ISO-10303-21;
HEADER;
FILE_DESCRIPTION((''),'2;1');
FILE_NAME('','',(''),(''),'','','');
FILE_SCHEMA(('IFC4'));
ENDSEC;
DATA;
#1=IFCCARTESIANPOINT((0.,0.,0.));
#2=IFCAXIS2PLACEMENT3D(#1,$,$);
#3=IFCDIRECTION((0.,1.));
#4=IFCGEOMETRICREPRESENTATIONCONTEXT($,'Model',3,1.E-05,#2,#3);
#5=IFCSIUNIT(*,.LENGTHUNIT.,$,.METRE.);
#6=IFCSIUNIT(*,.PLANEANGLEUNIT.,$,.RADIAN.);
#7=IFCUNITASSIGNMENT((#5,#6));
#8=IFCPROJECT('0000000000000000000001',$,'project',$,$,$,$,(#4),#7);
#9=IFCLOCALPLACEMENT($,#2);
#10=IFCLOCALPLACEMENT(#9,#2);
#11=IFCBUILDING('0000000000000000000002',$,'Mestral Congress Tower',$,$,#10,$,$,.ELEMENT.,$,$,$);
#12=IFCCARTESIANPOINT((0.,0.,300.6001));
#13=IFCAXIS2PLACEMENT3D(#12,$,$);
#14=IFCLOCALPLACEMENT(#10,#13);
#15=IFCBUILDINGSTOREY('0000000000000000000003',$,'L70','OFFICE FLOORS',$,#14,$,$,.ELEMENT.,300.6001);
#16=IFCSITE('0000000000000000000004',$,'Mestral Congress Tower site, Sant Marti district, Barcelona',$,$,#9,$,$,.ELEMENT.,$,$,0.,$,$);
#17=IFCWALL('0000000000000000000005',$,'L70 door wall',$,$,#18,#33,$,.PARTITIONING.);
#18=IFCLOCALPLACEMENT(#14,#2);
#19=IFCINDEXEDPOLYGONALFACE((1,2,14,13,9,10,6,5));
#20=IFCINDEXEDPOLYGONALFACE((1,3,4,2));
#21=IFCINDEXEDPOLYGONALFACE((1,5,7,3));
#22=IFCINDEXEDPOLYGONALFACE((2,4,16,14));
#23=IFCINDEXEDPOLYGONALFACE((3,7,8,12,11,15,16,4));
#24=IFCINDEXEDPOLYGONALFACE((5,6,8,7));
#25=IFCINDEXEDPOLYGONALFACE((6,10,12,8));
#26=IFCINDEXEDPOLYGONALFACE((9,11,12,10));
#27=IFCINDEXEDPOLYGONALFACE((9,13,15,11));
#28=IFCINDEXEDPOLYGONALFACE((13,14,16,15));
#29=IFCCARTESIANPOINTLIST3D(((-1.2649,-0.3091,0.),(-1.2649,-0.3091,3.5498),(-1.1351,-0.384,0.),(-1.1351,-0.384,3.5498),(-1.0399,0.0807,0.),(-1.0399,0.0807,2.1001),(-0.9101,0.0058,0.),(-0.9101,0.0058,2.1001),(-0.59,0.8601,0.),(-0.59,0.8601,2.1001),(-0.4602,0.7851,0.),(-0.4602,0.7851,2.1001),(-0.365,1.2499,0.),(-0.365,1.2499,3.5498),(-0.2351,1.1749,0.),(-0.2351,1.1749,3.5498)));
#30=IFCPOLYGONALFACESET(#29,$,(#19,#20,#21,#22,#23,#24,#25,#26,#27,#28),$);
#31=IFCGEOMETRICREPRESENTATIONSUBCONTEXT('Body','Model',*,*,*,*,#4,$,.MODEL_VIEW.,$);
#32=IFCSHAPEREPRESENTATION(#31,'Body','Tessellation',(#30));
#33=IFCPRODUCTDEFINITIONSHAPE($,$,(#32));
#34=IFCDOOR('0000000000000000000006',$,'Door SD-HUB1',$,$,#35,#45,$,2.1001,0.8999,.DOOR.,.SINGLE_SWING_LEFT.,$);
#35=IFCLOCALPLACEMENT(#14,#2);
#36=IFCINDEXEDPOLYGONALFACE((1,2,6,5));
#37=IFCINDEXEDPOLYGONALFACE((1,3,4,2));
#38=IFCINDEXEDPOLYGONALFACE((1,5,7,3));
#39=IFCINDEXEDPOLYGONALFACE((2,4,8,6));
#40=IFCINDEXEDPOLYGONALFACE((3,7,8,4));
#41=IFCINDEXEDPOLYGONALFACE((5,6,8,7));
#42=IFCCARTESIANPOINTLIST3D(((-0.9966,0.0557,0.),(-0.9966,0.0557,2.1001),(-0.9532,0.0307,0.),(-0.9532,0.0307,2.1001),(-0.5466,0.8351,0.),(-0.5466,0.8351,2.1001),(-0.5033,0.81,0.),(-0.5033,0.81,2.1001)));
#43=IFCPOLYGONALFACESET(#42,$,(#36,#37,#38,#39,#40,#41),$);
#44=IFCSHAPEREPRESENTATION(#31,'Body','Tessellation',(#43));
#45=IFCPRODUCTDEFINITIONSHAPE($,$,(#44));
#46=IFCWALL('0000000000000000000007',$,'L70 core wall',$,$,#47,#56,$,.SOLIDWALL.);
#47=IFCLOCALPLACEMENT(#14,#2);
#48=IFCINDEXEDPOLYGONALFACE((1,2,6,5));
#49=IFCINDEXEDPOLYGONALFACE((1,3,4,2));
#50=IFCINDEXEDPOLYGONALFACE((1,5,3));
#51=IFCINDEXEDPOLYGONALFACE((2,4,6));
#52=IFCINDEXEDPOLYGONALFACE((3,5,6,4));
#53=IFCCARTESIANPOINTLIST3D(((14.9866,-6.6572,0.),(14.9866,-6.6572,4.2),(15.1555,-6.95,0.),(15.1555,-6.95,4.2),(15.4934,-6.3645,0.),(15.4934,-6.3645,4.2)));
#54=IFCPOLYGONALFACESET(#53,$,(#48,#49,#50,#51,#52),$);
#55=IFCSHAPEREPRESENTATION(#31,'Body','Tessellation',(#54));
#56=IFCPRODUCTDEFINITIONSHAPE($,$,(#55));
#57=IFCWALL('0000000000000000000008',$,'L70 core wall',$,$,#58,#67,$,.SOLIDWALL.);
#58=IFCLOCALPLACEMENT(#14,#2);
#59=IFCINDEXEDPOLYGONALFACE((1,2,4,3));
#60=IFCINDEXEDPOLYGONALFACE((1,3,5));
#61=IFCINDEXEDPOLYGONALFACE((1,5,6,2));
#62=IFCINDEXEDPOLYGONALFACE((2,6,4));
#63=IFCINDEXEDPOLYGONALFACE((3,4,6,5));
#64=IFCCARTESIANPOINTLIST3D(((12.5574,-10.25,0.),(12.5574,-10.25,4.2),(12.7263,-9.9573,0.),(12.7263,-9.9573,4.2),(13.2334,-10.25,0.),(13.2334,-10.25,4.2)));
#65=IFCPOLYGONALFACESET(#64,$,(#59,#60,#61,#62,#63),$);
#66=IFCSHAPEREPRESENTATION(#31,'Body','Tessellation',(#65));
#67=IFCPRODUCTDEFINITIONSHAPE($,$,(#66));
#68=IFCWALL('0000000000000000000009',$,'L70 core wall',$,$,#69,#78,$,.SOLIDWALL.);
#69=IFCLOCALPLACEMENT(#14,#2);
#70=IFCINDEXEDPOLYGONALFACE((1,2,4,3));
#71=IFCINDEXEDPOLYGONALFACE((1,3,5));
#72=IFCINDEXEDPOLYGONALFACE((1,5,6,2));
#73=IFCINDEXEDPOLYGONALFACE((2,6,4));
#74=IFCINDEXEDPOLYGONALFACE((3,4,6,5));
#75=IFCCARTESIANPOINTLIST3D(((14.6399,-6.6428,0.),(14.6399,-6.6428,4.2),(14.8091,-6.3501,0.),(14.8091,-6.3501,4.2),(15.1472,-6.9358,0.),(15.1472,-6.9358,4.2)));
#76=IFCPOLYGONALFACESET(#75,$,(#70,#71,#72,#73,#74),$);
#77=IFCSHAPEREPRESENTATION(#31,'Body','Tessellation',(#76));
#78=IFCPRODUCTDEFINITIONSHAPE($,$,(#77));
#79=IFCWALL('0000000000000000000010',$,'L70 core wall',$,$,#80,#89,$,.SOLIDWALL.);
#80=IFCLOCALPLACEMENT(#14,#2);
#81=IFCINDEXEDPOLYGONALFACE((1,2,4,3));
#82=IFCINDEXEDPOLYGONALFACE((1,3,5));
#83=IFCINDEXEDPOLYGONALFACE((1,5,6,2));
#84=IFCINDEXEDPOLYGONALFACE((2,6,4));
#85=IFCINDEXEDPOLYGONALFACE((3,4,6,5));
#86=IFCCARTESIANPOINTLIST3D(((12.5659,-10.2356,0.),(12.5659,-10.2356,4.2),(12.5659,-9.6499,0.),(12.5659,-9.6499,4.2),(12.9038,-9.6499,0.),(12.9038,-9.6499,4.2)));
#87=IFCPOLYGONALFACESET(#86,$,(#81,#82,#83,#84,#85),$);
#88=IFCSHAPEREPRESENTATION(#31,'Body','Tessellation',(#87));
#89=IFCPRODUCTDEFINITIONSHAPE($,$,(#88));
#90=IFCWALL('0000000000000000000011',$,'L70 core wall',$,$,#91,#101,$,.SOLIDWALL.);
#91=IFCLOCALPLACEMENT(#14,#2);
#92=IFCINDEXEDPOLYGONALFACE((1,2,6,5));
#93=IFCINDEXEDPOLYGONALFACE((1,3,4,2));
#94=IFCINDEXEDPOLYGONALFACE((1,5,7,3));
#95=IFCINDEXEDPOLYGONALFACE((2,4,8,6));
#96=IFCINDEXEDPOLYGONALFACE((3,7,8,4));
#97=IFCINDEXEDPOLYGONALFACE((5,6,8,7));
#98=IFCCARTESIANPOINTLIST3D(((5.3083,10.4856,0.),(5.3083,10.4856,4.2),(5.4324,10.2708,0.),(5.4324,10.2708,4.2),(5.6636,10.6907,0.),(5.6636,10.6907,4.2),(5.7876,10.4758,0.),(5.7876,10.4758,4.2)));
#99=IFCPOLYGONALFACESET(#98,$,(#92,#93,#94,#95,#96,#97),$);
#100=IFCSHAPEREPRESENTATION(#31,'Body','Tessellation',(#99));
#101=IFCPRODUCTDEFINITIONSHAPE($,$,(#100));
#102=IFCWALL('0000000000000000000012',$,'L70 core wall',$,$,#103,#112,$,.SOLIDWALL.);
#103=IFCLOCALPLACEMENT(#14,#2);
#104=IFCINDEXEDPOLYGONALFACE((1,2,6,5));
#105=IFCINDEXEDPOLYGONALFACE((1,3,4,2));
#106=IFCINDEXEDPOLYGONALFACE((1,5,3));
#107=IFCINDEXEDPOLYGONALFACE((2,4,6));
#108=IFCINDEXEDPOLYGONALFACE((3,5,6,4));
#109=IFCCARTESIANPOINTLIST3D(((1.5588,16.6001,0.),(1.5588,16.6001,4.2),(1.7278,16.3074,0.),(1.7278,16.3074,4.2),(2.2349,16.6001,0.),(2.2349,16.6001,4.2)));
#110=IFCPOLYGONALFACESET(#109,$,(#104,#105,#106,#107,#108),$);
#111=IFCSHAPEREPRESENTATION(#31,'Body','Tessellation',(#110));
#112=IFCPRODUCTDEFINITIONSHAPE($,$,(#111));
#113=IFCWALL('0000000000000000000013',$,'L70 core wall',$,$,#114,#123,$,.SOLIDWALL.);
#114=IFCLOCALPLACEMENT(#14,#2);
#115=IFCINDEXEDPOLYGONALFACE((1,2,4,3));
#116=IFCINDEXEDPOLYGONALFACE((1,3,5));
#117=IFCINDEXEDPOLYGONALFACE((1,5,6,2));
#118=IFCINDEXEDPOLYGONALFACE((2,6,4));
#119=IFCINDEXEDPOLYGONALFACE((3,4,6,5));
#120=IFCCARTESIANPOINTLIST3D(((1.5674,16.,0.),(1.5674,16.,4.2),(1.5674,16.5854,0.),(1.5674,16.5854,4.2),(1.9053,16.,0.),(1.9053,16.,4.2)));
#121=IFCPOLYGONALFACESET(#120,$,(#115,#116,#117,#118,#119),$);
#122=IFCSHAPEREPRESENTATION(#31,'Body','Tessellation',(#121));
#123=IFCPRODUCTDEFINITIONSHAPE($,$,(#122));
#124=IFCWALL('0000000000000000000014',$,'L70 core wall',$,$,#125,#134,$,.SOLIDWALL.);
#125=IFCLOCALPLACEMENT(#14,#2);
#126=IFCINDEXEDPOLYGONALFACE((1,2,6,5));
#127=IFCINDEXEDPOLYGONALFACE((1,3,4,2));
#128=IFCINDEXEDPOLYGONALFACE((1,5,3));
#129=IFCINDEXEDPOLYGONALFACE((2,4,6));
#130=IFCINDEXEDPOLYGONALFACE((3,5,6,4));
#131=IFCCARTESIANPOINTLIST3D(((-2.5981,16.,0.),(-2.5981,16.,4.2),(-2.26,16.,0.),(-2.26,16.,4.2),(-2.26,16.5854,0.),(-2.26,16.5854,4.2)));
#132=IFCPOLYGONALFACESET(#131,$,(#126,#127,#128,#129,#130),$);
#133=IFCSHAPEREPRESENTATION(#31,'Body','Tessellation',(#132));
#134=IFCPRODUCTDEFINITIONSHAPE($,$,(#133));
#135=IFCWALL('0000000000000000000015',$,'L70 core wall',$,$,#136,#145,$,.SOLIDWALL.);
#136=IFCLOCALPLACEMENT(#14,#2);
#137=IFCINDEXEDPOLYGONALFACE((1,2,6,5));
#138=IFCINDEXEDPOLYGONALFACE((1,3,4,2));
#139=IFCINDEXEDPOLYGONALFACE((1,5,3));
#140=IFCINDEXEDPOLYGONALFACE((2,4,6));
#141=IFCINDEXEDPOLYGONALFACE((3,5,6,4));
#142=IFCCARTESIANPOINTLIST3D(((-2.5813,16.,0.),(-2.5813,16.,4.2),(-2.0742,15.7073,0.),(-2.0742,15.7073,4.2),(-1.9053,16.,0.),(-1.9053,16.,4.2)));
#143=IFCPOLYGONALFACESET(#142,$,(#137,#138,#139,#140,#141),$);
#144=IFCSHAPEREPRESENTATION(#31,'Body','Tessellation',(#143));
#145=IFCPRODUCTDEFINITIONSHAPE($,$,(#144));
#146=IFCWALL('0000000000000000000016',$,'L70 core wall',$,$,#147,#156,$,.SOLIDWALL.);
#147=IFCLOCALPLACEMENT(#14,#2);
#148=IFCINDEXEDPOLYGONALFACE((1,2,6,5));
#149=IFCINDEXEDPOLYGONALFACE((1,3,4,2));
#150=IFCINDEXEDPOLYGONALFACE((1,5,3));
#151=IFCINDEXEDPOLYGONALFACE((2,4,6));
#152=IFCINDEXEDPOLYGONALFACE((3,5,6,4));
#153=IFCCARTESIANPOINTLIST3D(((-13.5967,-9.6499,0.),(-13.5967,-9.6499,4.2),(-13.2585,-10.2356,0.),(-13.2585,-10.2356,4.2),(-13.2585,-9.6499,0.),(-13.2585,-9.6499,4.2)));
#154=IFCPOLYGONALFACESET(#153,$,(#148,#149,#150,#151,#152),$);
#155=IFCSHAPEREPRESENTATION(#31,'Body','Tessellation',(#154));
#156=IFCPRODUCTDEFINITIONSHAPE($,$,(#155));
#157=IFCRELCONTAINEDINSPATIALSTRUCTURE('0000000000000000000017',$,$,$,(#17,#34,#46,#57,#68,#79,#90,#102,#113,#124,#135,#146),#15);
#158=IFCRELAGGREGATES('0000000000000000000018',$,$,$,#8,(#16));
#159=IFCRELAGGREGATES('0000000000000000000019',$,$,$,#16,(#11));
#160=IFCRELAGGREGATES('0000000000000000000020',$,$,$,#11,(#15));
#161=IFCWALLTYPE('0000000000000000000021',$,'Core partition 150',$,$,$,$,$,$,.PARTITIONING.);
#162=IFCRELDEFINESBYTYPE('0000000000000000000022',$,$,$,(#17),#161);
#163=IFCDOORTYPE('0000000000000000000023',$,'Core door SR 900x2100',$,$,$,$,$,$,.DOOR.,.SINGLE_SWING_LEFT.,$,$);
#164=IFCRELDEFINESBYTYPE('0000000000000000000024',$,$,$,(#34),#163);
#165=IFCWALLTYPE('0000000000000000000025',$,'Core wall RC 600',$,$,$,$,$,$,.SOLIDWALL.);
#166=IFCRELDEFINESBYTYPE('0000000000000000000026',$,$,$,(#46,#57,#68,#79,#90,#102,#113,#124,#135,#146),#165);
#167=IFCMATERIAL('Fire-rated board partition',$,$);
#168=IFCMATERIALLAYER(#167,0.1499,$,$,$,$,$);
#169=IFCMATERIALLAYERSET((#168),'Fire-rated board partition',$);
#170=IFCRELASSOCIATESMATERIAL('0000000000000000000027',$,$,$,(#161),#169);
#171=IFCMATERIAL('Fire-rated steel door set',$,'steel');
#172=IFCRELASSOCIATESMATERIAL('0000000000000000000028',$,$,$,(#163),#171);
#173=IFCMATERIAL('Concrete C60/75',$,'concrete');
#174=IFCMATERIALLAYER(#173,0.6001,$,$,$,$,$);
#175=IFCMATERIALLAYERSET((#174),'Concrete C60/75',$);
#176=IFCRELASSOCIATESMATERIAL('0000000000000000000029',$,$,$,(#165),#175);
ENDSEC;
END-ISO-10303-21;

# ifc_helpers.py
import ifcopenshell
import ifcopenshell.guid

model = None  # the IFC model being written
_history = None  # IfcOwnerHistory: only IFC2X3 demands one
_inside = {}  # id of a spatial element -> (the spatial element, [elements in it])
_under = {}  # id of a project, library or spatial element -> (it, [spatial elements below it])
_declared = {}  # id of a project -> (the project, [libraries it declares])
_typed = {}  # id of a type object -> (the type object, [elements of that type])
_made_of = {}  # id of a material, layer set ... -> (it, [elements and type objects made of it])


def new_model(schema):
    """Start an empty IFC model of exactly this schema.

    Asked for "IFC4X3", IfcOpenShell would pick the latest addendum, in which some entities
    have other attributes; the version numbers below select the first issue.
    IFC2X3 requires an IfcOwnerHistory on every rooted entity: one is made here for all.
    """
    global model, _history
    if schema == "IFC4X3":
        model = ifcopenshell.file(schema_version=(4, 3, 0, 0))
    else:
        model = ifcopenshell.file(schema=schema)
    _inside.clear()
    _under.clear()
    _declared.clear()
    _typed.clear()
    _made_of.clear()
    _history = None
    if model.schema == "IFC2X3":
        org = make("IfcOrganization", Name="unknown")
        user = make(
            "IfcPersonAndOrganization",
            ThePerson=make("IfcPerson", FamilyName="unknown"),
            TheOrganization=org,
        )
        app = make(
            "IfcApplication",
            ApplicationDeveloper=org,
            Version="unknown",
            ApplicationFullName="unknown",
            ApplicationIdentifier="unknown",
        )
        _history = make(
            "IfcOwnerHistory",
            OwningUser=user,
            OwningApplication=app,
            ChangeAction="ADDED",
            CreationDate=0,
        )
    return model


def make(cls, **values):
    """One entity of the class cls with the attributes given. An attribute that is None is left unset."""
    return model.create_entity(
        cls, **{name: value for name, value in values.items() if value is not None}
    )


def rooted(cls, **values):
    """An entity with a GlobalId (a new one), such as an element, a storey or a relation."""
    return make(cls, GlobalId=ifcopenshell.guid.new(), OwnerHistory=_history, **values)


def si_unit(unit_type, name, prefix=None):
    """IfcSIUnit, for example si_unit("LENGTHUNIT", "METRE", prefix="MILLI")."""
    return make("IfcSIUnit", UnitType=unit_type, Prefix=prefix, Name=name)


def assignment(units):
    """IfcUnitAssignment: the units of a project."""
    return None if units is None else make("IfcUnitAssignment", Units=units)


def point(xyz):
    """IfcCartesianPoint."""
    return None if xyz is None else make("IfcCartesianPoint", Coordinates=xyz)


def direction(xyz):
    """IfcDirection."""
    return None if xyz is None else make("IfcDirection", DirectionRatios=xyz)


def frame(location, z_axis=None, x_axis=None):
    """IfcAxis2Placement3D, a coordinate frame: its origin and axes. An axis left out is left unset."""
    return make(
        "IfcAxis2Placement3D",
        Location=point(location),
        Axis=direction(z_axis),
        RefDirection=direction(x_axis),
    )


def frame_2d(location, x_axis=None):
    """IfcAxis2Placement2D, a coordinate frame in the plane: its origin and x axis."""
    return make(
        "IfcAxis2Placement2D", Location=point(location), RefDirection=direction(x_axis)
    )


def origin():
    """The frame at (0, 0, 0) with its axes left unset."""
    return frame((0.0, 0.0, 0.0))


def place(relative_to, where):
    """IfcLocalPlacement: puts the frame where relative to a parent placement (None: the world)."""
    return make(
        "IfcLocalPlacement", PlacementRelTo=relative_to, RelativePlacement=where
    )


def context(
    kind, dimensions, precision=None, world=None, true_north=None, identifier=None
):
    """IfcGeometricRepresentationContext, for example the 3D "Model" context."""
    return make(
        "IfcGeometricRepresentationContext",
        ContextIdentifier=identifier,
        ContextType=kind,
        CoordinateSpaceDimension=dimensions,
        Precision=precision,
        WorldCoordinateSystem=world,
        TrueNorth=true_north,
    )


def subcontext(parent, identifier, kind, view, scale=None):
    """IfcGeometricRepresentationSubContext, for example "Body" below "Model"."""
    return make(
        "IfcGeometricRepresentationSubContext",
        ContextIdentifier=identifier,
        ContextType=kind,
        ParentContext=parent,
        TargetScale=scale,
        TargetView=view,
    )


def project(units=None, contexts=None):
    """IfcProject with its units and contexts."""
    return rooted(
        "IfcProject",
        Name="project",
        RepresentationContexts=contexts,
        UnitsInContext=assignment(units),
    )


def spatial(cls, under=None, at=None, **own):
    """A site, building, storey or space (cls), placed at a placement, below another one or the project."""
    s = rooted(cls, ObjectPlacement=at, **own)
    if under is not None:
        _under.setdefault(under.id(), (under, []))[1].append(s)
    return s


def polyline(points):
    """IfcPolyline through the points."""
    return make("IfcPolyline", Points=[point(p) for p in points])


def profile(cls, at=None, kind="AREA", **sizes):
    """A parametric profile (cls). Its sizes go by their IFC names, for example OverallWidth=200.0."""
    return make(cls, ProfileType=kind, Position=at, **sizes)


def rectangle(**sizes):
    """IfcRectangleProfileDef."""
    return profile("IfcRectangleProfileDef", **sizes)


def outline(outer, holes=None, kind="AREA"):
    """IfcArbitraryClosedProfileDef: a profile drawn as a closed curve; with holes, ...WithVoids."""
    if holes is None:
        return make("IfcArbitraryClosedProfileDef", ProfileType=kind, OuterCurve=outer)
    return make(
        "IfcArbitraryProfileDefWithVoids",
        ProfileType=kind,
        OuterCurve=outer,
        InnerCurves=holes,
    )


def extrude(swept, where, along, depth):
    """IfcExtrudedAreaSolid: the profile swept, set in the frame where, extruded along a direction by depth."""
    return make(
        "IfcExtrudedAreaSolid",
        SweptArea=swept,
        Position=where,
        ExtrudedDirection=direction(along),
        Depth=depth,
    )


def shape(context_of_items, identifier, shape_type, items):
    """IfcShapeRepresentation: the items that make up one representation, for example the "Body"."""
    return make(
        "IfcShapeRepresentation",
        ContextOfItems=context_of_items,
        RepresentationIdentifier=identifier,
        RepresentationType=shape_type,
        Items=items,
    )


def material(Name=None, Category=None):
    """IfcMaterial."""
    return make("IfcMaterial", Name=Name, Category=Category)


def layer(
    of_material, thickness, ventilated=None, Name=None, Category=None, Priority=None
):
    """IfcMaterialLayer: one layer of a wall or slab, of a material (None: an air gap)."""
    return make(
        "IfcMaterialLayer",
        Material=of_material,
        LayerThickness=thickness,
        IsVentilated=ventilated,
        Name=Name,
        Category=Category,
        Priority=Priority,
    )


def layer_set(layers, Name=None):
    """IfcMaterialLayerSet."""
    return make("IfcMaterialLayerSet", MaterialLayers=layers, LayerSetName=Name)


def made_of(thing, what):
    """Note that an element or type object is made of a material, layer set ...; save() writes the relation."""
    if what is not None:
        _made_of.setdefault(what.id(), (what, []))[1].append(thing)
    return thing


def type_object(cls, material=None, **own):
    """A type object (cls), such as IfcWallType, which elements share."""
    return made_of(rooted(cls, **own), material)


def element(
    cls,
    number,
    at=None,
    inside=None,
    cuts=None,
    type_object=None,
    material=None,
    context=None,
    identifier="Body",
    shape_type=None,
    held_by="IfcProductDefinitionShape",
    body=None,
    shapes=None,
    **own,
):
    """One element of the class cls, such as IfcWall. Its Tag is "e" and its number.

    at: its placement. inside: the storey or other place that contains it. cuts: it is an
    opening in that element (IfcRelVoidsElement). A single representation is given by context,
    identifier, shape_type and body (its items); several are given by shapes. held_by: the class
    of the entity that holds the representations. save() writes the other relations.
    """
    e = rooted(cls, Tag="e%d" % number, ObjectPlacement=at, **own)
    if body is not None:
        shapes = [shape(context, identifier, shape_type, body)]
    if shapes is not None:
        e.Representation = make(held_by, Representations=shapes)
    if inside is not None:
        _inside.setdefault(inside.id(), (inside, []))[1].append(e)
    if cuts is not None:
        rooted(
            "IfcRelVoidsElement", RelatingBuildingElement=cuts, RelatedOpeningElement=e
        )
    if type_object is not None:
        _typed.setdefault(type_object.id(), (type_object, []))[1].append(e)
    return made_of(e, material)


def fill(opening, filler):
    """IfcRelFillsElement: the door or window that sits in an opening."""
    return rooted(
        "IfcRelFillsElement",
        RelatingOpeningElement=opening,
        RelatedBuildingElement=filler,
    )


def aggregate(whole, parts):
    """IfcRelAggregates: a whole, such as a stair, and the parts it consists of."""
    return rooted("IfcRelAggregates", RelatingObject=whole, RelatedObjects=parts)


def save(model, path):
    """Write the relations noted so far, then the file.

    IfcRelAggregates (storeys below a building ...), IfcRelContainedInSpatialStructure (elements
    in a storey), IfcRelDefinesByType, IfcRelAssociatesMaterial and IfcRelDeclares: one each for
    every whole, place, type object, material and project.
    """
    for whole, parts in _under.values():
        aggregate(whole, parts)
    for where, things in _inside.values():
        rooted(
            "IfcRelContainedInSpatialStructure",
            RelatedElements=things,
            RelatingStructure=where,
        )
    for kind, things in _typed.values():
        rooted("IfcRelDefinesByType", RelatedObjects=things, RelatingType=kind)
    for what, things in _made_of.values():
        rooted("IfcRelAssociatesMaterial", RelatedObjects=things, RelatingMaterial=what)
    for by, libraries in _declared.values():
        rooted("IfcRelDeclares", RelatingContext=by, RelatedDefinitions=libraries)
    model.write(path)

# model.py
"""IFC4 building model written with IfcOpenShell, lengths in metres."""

from ifc_helpers import new_model, si_unit, direction, frame, frame_2d, origin, place, context, subcontext, project, spatial, polyline, rectangle, outline, extrude, material, layer, layer_set, type_object, element, fill, save


model = new_model("IFC4")

# Units and contexts
model_context = context("Model", 3, precision=1e-05, world=origin(), true_north=direction((0.0, 1.0)))
body_context = subcontext(model_context, "Body", "Model", "MODEL_VIEW")
ifc_project = project(units=[si_unit("LENGTHUNIT", "METRE"), si_unit("PLANEANGLEUNIT", "RADIAN")], contexts=[model_context])

# Site, building, storey
site_placement = place(None, origin())
site = spatial("IfcSite", under=ifc_project, at=site_placement, Name="Mestral Congress Tower site, Sant Marti district, Barcelona", CompositionType="ELEMENT", RefElevation=0.0)
building_placement = place(site_placement, origin())
building = spatial("IfcBuilding", under=site, at=building_placement, Name="Mestral Congress Tower", CompositionType="ELEMENT")
storey_placement = place(building_placement, frame((0.0, 0.0, 300.6001)))
storey = spatial("IfcBuildingStorey", under=building, at=storey_placement, Name="L70", Description="OFFICE FLOORS", CompositionType="ELEMENT", Elevation=300.6001)

# Shared definitions
ifc_material_1 = material(Name="Concrete C60/75", Category="concrete")

# Shared definitions
placement_1 = place(storey_placement, origin())

# Shared definitions
ifc_material_2 = material(Name="Fire-rated board partition")
ifc_layer_1 = layer(ifc_material_2, 0.1499)
ifc_layer_set_1 = layer_set([ifc_layer_1], Name="Fire-rated board partition")
wall_type_1 = type_object("IfcWallType", Name="Core partition 150", PredefinedType="PARTITIONING", material=ifc_layer_set_1)

# Wall, opening, door
wall_1_placement = place(storey_placement, frame((-1.2, -0.3464, 0.0), z_axis=(0.0, 0.0, 1.0), x_axis=(0.499961, 0.866048, 0.0)))
wall_1 = element("IfcWall", 1, at=wall_1_placement, inside=storey, type_object=wall_type_1, Name="L70 door wall", PredefinedType="PARTITIONING", context=body_context, shape_type="SweptSolid", body=[
    extrude(rectangle(XDim=1.8, YDim=0.1499, at=frame_2d((0.8999, 0.0))), origin(), (0.0, 0.0, 1.0), 3.5498),
])
opening_1_placement = place(wall_1_placement, frame((0.45, 0.0, 0.0)))
opening_1 = element("IfcOpeningElement", 2, at=opening_1_placement, cuts=wall_1, PredefinedType="OPENING", context=body_context, shape_type="SweptSolid", body=[
    extrude(rectangle(XDim=0.8999, YDim=2.1001, at=frame_2d((0.45, 1.05))), frame((0.0, 0.085, 0.0), z_axis=(0.0, -1.0, 0.0), x_axis=(1.0, 0.0, 0.0)), (0.0, 0.0, 1.0), 0.1699),
])
ifc_material_3 = material(Name="Fire-rated steel door set", Category="steel")
door_type_1 = type_object("IfcDoorType", Name="Core door SR 900x2100", OperationType="SINGLE_SWING_LEFT", PredefinedType="DOOR", material=ifc_material_3)
door_1_placement = place(opening_1_placement, origin())
door_1 = element("IfcDoor", 3, at=door_1_placement, inside=storey, type_object=door_type_1, Name="Door SD-HUB1", OperationType="SINGLE_SWING_LEFT", OverallHeight=2.1001, OverallWidth=0.8999, PredefinedType="DOOR", context=body_context, shape_type="SweptSolid", body=[
    extrude(rectangle(XDim=0.8999, YDim=2.1001, at=frame_2d((0.45, 1.05))), frame((0.0, 0.0249, 0.0), z_axis=(0.0, -1.0, 0.0), x_axis=(1.0, 0.0, 0.0)), (0.0, 0.0, 1.0), 0.05),
])
fill(opening_1, door_1)

# Walls
ifc_layer_2 = layer(ifc_material_1, 0.6001)
ifc_layer_set_2 = layer_set([ifc_layer_2], Name="Concrete C60/75")
wall_type_2 = type_object("IfcWallType", Name="Core wall RC 600", PredefinedType="SOLIDWALL", material=ifc_layer_set_2)
element("IfcWall", 4, at=placement_1, inside=storey, type_object=wall_type_2, Name="L70 core wall", PredefinedType="SOLIDWALL", context=body_context, shape_type="SweptSolid", body=[
    extrude(outline(polyline([(15.1555, -6.95), (14.9866, -6.6572), (15.4934, -6.3645), (15.1555, -6.95)])), origin(), (0.0, 0.0, 1.0), 4.2),
])
element("IfcWall", 5, at=placement_1, inside=storey, type_object=wall_type_2, Name="L70 core wall", PredefinedType="SOLIDWALL", context=body_context, shape_type="SweptSolid", body=[
    extrude(outline(polyline([(12.7263, -9.9573), (13.2334, -10.25), (12.5574, -10.25), (12.7263, -9.9573)])), origin(), (0.0, 0.0, 1.0), 4.2),
])
element("IfcWall", 6, at=placement_1, inside=storey, type_object=wall_type_2, Name="L70 core wall", PredefinedType="SOLIDWALL", context=body_context, shape_type="SweptSolid", body=[
    extrude(outline(polyline([(14.8091, -6.3501), (15.1472, -6.9358), (14.6399, -6.6428), (14.8091, -6.3501)])), origin(), (0.0, 0.0, 1.0), 4.2),
])
element("IfcWall", 7, at=placement_1, inside=storey, type_object=wall_type_2, Name="L70 core wall", PredefinedType="SOLIDWALL", context=body_context, shape_type="SweptSolid", body=[
    extrude(outline(polyline([(12.9038, -9.6499), (12.5659, -10.2356), (12.5659, -9.6499), (12.9038, -9.6499)])), origin(), (0.0, 0.0, 1.0), 4.2),
])
element("IfcWall", 8, at=placement_1, inside=storey, type_object=wall_type_2, Name="L70 core wall", PredefinedType="SOLIDWALL", context=body_context, shape_type="SweptSolid", body=[
    extrude(outline(polyline([(5.6636, 10.6907), (5.7876, 10.4758), (5.4324, 10.2708), (5.3083, 10.4856), (5.6636, 10.6907)])), origin(), (0.0, 0.0, 1.0), 4.2),
])
element("IfcWall", 9, at=placement_1, inside=storey, type_object=wall_type_2, Name="L70 core wall", PredefinedType="SOLIDWALL", context=body_context, shape_type="SweptSolid", body=[
    extrude(outline(polyline([(1.5588, 16.6001), (2.2349, 16.6001), (1.7278, 16.3074), (1.5588, 16.6001)])), origin(), (0.0, 0.0, 1.0), 4.2),
])
element("IfcWall", 10, at=placement_1, inside=storey, type_object=wall_type_2, Name="L70 core wall", PredefinedType="SOLIDWALL", context=body_context, shape_type="SweptSolid", body=[
    extrude(outline(polyline([(1.9053, 16.0), (1.5674, 16.0), (1.5674, 16.5854), (1.9053, 16.0)])), origin(), (0.0, 0.0, 1.0), 4.2),
])
element("IfcWall", 11, at=placement_1, inside=storey, type_object=wall_type_2, Name="L70 core wall", PredefinedType="SOLIDWALL", context=body_context, shape_type="SweptSolid", body=[
    extrude(outline(polyline([(-2.5981, 16.0), (-2.26, 16.5854), (-2.26, 16.0), (-2.5981, 16.0)])), origin(), (0.0, 0.0, 1.0), 4.2),
])
element("IfcWall", 12, at=placement_1, inside=storey, type_object=wall_type_2, Name="L70 core wall", PredefinedType="SOLIDWALL", context=body_context, shape_type="SweptSolid", body=[
    extrude(outline(polyline([(-1.9053, 16.0), (-2.0742, 15.7073), (-2.5813, 16.0), (-1.9053, 16.0)])), origin(), (0.0, 0.0, 1.0), 4.2),
])
element("IfcWall", 13, at=placement_1, inside=storey, type_object=wall_type_2, Name="L70 core wall", PredefinedType="SOLIDWALL", context=body_context, shape_type="SweptSolid", body=[
    extrude(outline(polyline([(-13.5967, -9.6499), (-13.2585, -9.6499), (-13.2585, -10.2356), (-13.5967, -9.6499)])), origin(), (0.0, 0.0, 1.0), 4.2),
])

save(model, "model.ifc")
